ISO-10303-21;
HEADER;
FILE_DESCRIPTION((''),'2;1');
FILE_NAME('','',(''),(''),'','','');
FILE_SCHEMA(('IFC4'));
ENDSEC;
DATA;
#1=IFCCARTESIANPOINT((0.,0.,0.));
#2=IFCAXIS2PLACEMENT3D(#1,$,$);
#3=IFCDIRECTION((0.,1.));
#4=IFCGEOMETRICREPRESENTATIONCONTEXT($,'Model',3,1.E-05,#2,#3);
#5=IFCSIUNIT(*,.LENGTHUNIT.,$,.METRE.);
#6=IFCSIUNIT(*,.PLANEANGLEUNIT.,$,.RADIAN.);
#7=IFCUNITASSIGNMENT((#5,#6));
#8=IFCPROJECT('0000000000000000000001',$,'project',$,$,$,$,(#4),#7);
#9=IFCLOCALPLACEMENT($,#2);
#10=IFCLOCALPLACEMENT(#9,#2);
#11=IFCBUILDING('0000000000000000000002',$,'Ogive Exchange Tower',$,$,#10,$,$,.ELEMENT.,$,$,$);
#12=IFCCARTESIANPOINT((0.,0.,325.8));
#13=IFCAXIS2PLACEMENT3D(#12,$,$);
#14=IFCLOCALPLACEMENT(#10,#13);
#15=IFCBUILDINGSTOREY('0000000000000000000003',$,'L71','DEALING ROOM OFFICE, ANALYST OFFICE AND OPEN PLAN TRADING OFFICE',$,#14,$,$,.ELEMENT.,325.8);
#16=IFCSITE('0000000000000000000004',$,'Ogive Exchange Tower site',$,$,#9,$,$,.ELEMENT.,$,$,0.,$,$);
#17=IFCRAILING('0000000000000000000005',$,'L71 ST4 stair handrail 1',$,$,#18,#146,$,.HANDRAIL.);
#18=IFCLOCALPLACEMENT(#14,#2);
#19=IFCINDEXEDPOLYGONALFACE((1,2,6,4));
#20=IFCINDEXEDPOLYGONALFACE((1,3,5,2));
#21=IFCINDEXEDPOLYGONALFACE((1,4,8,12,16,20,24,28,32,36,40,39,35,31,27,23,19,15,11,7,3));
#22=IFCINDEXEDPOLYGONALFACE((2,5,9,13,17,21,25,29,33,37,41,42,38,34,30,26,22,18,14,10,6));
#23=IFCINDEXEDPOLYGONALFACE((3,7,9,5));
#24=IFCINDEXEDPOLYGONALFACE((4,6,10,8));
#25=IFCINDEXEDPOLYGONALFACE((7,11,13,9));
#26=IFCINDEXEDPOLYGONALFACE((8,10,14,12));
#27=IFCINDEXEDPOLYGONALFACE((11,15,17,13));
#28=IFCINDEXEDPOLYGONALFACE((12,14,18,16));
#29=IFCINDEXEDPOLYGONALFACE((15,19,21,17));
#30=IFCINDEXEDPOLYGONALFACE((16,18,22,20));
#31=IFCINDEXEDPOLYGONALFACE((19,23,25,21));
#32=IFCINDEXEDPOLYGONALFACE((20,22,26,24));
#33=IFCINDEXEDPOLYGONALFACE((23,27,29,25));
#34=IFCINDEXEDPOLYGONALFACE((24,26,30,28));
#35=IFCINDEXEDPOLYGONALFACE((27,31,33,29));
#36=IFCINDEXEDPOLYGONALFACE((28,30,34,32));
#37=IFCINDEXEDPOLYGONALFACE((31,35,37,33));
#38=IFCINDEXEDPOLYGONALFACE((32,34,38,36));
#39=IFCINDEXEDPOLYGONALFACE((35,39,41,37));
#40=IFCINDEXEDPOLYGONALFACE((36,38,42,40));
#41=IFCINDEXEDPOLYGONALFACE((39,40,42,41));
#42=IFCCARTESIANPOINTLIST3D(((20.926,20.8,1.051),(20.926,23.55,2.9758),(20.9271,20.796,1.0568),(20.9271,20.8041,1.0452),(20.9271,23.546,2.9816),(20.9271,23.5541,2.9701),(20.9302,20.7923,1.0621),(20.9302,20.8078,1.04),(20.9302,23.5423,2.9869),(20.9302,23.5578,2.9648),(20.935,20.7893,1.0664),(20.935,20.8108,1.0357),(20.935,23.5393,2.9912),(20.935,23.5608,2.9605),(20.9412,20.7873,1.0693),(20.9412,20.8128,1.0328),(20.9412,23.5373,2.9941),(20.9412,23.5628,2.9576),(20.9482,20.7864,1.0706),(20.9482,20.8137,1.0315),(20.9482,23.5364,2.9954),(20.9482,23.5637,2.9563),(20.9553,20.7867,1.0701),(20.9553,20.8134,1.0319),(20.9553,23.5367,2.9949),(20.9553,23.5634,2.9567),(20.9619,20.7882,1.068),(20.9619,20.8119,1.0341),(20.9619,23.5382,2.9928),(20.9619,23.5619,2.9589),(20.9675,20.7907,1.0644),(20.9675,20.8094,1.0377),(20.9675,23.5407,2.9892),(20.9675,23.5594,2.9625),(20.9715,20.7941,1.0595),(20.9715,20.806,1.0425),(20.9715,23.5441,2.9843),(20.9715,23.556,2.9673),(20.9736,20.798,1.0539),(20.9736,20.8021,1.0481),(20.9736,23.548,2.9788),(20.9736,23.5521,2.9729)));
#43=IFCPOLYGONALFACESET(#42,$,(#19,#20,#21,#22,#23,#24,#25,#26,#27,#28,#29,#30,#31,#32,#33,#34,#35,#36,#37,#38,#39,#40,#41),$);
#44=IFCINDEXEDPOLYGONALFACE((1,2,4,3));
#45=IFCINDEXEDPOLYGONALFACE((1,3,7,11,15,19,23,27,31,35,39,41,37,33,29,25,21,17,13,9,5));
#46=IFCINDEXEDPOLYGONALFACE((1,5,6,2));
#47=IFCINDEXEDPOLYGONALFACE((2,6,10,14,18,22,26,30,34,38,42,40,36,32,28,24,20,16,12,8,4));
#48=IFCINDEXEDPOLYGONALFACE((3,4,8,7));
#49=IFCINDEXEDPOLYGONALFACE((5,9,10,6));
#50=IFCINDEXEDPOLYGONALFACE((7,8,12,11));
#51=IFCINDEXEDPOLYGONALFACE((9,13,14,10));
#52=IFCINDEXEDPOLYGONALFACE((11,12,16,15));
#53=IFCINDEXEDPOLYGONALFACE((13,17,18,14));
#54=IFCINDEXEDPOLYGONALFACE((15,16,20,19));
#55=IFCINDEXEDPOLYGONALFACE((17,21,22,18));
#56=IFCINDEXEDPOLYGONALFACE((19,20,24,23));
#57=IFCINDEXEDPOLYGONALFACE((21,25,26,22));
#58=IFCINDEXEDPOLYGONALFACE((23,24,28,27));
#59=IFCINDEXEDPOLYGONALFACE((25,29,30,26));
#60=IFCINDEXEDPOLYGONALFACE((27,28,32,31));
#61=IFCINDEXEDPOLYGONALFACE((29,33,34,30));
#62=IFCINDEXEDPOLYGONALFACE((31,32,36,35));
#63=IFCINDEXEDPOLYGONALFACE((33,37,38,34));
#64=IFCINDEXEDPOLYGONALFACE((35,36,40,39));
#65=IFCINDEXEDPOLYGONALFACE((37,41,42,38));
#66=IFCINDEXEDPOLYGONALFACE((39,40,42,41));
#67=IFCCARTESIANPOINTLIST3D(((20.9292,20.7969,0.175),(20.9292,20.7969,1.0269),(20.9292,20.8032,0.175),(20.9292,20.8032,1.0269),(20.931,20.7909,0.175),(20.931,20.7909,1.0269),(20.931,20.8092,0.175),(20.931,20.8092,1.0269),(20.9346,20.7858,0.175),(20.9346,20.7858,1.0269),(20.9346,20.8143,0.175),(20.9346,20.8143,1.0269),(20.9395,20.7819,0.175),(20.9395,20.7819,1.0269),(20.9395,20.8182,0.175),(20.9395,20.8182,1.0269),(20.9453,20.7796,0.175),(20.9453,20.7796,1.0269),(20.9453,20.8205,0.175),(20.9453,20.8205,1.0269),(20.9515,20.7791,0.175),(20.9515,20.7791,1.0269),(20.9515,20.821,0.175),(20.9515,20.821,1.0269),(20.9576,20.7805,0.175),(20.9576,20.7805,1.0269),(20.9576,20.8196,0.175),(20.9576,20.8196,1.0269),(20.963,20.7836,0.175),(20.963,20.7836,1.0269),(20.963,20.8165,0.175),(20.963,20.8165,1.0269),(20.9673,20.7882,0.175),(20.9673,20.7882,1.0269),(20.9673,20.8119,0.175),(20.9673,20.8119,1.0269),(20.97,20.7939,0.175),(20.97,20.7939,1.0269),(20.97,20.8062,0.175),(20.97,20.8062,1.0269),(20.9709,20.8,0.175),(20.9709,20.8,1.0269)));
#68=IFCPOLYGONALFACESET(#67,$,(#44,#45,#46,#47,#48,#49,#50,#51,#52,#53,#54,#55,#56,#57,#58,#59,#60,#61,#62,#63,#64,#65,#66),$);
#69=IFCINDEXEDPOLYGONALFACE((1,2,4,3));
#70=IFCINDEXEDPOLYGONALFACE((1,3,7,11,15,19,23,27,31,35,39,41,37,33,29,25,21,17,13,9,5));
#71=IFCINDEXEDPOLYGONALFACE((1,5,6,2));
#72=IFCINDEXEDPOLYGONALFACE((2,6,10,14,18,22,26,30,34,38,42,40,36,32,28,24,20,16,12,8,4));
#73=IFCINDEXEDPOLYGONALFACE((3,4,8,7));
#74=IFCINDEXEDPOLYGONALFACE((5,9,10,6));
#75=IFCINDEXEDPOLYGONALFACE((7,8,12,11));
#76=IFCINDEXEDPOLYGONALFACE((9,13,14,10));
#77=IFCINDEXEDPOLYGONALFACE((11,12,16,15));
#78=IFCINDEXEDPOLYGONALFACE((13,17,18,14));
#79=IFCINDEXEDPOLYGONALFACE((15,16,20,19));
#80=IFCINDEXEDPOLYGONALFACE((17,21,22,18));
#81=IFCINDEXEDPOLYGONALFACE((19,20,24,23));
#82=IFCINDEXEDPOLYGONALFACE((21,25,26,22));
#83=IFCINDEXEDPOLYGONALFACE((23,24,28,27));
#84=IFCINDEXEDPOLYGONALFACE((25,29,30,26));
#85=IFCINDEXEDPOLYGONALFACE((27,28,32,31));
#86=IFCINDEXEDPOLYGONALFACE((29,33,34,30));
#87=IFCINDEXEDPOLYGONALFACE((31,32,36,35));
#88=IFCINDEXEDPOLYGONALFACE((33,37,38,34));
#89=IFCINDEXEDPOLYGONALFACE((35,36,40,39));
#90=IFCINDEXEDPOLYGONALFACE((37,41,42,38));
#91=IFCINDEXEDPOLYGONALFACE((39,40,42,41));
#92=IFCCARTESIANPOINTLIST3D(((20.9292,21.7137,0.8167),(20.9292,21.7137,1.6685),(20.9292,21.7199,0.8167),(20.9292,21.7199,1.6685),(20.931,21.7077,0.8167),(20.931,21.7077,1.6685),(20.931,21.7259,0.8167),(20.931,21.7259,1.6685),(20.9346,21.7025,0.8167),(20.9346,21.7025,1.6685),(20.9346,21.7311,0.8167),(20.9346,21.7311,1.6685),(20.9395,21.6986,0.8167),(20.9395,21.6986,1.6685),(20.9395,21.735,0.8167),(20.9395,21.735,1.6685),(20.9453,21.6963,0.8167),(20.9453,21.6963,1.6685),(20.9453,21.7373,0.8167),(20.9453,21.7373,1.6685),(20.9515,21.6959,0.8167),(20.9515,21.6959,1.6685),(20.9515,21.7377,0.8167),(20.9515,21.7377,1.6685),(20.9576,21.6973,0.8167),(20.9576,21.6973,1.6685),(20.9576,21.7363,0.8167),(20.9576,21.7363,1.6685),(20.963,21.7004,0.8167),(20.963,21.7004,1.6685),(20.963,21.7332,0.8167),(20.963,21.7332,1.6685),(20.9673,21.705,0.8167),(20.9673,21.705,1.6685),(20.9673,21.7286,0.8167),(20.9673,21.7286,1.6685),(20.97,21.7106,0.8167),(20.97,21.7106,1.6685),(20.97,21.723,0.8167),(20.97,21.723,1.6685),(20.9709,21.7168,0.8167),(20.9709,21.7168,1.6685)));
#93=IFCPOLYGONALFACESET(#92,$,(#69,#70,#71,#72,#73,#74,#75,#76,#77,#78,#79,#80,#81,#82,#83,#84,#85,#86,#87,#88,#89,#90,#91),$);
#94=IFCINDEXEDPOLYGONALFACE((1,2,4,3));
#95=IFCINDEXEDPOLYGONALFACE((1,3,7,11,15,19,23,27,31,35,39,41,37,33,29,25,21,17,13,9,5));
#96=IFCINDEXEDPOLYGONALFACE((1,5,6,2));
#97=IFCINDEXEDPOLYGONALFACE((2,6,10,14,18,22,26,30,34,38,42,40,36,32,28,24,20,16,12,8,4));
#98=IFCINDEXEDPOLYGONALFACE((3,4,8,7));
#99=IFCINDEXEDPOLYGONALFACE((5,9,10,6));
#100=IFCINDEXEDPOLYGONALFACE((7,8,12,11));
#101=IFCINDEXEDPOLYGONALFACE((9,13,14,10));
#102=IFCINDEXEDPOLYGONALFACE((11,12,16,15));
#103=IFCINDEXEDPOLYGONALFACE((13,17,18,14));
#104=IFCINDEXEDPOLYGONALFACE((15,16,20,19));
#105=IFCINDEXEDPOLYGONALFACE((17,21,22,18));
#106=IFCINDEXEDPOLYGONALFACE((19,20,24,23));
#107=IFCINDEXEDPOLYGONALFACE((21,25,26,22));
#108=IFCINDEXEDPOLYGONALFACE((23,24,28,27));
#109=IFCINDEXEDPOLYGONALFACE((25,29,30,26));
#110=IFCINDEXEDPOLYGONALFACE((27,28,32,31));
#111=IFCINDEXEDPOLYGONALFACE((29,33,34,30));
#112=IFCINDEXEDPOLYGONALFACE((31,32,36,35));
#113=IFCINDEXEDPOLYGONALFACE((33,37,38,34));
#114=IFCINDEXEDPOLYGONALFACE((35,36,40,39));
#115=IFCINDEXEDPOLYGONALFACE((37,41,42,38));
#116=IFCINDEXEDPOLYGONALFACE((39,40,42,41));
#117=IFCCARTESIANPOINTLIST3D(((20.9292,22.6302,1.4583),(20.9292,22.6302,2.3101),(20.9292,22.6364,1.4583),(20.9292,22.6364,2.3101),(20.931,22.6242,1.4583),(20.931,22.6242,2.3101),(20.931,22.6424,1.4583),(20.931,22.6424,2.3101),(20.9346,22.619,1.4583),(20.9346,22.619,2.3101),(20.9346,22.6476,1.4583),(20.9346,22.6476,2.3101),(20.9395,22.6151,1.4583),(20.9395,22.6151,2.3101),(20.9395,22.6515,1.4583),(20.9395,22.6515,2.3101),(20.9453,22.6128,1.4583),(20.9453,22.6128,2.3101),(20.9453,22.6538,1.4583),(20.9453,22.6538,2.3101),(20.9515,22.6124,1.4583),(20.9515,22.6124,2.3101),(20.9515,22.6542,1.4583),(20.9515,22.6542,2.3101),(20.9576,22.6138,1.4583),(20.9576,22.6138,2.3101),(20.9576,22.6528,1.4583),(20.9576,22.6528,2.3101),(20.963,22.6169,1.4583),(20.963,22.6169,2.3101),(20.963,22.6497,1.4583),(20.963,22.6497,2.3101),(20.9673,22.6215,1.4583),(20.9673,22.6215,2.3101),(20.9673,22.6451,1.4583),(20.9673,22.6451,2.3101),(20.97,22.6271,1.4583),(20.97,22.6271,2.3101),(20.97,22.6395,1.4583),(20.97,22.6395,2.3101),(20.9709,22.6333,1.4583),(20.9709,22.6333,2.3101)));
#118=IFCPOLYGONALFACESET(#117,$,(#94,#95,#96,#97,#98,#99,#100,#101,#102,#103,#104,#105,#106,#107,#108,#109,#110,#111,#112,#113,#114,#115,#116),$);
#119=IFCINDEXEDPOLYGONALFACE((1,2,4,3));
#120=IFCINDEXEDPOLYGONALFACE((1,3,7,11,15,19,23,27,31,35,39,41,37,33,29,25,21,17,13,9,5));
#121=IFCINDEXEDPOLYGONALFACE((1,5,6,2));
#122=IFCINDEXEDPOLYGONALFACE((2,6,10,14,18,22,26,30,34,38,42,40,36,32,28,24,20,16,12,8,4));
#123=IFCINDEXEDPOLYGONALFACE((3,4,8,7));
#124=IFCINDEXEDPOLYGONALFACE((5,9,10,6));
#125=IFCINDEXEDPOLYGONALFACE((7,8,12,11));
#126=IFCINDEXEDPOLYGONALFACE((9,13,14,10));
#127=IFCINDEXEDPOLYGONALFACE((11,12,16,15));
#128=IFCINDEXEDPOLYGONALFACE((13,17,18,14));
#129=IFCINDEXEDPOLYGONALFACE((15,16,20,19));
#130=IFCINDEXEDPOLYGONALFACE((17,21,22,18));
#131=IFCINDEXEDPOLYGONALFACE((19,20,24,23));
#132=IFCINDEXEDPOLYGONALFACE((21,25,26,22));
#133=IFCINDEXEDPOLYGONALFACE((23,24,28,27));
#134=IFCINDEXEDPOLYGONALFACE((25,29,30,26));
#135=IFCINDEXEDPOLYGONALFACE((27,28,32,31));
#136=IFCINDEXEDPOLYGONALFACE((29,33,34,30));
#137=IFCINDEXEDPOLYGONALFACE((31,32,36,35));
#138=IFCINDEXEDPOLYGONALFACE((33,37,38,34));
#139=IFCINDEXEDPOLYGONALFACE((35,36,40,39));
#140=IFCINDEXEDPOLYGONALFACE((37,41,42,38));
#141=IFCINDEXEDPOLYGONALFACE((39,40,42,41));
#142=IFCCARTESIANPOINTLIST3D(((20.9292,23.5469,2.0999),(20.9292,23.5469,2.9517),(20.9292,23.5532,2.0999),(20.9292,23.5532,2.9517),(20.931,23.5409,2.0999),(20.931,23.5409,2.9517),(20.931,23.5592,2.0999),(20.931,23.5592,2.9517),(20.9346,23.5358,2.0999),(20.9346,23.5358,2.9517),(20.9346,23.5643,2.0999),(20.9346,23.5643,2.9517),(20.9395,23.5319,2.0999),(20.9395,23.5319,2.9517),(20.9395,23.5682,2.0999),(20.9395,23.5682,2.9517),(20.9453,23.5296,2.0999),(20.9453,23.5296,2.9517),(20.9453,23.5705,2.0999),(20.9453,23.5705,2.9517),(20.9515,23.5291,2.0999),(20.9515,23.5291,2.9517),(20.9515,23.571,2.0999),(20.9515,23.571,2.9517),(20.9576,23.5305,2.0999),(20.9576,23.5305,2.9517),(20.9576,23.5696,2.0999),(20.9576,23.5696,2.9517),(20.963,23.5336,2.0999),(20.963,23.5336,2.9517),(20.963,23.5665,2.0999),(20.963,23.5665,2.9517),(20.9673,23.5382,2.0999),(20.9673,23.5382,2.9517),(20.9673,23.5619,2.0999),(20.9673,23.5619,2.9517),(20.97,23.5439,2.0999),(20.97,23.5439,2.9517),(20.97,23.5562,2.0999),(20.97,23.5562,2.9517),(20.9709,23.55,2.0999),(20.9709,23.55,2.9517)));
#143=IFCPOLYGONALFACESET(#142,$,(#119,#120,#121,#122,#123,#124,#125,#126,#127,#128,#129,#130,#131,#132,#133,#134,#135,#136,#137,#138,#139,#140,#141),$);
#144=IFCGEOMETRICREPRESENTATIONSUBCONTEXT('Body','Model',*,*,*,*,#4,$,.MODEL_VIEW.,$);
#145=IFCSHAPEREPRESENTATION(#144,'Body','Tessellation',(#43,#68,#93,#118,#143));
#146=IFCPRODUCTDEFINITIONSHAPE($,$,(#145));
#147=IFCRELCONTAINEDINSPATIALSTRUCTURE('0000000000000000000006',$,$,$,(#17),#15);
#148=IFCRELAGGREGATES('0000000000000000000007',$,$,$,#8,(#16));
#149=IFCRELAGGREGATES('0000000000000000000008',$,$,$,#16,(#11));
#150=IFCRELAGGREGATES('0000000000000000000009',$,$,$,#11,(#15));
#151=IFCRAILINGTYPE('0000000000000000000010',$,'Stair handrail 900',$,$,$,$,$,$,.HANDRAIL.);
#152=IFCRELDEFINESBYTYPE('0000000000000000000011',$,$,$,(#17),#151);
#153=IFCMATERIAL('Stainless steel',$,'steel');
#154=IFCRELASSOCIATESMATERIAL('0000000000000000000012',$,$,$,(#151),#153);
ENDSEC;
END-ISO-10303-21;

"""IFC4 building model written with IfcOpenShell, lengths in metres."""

from ifc_helpers import new_model, si_unit, direction, frame, origin, origin_2d, place, context, subcontext, project, spatial, circle, extrude, material, type_object, element, save


model = new_model("IFC4")

# Units and contexts
model_context = context("Model", 3, precision=1e-05, world=origin(), true_north=direction((0.0, 1.0)))
body_context = subcontext(model_context, "Body", "Model", "MODEL_VIEW")
ifc_project = project(units=[si_unit("LENGTHUNIT", "METRE"), si_unit("PLANEANGLEUNIT", "RADIAN")], contexts=[model_context])

# Site, building, storey
site_placement = place(None, origin())
site = spatial("IfcSite", under=ifc_project, at=site_placement, Name="Ogive Exchange Tower site", CompositionType="ELEMENT", RefElevation=0.0)
building_placement = place(site_placement, origin())
building = spatial("IfcBuilding", under=site, at=building_placement, Name="Ogive Exchange Tower", CompositionType="ELEMENT")
storey_placement = place(building_placement, frame((0.0, 0.0, 325.8)))
storey = spatial("IfcBuildingStorey", under=building, at=storey_placement, Name="L71", Description="DEALING ROOM OFFICE, ANALYST OFFICE AND OPEN PLAN TRADING OFFICE", CompositionType="ELEMENT", Elevation=325.8)

# Railing
ifc_material_1 = material(Name="Stainless steel", Category="steel")
railing_type = type_object("IfcRailingType", Name="Stair handrail 900", PredefinedType="HANDRAIL", material=ifc_material_1)
railing_1_placement = place(storey_placement, frame((20.95, 20.8, 0.175)))
element("IfcRailing", 1, at=railing_1_placement, inside=storey, type_object=railing_type, Name="L71 ST4 stair handrail 1", PredefinedType="HANDRAIL", context=body_context, shape_type="SweptSolid", body=[
    extrude(circle(Radius=0.0239, at=origin_2d()), frame((0.0, 0.0, 0.876), z_axis=(0.0, 0.819259, 0.573423), x_axis=(-1.0, 0.0, 0.0)), (0.0, 0.0, 1.0), 3.3567),
    extrude(circle(Radius=0.021, at=origin_2d()), origin(), (0.0, 0.0, 1.0), 0.8518),
    extrude(circle(Radius=0.021, at=origin_2d()), frame((0.0, 0.9167, 0.6416)), (0.0, 0.0, 1.0), 0.8518),
    extrude(circle(Radius=0.021, at=origin_2d()), frame((0.0, 1.8333, 1.2832)), (0.0, 0.0, 1.0), 0.8518),
    extrude(circle(Radius=0.021, at=origin_2d()), frame((0.0, 2.75, 1.9248)), (0.0, 0.0, 1.0), 0.8518),
])

save(model, "model.ifc")
